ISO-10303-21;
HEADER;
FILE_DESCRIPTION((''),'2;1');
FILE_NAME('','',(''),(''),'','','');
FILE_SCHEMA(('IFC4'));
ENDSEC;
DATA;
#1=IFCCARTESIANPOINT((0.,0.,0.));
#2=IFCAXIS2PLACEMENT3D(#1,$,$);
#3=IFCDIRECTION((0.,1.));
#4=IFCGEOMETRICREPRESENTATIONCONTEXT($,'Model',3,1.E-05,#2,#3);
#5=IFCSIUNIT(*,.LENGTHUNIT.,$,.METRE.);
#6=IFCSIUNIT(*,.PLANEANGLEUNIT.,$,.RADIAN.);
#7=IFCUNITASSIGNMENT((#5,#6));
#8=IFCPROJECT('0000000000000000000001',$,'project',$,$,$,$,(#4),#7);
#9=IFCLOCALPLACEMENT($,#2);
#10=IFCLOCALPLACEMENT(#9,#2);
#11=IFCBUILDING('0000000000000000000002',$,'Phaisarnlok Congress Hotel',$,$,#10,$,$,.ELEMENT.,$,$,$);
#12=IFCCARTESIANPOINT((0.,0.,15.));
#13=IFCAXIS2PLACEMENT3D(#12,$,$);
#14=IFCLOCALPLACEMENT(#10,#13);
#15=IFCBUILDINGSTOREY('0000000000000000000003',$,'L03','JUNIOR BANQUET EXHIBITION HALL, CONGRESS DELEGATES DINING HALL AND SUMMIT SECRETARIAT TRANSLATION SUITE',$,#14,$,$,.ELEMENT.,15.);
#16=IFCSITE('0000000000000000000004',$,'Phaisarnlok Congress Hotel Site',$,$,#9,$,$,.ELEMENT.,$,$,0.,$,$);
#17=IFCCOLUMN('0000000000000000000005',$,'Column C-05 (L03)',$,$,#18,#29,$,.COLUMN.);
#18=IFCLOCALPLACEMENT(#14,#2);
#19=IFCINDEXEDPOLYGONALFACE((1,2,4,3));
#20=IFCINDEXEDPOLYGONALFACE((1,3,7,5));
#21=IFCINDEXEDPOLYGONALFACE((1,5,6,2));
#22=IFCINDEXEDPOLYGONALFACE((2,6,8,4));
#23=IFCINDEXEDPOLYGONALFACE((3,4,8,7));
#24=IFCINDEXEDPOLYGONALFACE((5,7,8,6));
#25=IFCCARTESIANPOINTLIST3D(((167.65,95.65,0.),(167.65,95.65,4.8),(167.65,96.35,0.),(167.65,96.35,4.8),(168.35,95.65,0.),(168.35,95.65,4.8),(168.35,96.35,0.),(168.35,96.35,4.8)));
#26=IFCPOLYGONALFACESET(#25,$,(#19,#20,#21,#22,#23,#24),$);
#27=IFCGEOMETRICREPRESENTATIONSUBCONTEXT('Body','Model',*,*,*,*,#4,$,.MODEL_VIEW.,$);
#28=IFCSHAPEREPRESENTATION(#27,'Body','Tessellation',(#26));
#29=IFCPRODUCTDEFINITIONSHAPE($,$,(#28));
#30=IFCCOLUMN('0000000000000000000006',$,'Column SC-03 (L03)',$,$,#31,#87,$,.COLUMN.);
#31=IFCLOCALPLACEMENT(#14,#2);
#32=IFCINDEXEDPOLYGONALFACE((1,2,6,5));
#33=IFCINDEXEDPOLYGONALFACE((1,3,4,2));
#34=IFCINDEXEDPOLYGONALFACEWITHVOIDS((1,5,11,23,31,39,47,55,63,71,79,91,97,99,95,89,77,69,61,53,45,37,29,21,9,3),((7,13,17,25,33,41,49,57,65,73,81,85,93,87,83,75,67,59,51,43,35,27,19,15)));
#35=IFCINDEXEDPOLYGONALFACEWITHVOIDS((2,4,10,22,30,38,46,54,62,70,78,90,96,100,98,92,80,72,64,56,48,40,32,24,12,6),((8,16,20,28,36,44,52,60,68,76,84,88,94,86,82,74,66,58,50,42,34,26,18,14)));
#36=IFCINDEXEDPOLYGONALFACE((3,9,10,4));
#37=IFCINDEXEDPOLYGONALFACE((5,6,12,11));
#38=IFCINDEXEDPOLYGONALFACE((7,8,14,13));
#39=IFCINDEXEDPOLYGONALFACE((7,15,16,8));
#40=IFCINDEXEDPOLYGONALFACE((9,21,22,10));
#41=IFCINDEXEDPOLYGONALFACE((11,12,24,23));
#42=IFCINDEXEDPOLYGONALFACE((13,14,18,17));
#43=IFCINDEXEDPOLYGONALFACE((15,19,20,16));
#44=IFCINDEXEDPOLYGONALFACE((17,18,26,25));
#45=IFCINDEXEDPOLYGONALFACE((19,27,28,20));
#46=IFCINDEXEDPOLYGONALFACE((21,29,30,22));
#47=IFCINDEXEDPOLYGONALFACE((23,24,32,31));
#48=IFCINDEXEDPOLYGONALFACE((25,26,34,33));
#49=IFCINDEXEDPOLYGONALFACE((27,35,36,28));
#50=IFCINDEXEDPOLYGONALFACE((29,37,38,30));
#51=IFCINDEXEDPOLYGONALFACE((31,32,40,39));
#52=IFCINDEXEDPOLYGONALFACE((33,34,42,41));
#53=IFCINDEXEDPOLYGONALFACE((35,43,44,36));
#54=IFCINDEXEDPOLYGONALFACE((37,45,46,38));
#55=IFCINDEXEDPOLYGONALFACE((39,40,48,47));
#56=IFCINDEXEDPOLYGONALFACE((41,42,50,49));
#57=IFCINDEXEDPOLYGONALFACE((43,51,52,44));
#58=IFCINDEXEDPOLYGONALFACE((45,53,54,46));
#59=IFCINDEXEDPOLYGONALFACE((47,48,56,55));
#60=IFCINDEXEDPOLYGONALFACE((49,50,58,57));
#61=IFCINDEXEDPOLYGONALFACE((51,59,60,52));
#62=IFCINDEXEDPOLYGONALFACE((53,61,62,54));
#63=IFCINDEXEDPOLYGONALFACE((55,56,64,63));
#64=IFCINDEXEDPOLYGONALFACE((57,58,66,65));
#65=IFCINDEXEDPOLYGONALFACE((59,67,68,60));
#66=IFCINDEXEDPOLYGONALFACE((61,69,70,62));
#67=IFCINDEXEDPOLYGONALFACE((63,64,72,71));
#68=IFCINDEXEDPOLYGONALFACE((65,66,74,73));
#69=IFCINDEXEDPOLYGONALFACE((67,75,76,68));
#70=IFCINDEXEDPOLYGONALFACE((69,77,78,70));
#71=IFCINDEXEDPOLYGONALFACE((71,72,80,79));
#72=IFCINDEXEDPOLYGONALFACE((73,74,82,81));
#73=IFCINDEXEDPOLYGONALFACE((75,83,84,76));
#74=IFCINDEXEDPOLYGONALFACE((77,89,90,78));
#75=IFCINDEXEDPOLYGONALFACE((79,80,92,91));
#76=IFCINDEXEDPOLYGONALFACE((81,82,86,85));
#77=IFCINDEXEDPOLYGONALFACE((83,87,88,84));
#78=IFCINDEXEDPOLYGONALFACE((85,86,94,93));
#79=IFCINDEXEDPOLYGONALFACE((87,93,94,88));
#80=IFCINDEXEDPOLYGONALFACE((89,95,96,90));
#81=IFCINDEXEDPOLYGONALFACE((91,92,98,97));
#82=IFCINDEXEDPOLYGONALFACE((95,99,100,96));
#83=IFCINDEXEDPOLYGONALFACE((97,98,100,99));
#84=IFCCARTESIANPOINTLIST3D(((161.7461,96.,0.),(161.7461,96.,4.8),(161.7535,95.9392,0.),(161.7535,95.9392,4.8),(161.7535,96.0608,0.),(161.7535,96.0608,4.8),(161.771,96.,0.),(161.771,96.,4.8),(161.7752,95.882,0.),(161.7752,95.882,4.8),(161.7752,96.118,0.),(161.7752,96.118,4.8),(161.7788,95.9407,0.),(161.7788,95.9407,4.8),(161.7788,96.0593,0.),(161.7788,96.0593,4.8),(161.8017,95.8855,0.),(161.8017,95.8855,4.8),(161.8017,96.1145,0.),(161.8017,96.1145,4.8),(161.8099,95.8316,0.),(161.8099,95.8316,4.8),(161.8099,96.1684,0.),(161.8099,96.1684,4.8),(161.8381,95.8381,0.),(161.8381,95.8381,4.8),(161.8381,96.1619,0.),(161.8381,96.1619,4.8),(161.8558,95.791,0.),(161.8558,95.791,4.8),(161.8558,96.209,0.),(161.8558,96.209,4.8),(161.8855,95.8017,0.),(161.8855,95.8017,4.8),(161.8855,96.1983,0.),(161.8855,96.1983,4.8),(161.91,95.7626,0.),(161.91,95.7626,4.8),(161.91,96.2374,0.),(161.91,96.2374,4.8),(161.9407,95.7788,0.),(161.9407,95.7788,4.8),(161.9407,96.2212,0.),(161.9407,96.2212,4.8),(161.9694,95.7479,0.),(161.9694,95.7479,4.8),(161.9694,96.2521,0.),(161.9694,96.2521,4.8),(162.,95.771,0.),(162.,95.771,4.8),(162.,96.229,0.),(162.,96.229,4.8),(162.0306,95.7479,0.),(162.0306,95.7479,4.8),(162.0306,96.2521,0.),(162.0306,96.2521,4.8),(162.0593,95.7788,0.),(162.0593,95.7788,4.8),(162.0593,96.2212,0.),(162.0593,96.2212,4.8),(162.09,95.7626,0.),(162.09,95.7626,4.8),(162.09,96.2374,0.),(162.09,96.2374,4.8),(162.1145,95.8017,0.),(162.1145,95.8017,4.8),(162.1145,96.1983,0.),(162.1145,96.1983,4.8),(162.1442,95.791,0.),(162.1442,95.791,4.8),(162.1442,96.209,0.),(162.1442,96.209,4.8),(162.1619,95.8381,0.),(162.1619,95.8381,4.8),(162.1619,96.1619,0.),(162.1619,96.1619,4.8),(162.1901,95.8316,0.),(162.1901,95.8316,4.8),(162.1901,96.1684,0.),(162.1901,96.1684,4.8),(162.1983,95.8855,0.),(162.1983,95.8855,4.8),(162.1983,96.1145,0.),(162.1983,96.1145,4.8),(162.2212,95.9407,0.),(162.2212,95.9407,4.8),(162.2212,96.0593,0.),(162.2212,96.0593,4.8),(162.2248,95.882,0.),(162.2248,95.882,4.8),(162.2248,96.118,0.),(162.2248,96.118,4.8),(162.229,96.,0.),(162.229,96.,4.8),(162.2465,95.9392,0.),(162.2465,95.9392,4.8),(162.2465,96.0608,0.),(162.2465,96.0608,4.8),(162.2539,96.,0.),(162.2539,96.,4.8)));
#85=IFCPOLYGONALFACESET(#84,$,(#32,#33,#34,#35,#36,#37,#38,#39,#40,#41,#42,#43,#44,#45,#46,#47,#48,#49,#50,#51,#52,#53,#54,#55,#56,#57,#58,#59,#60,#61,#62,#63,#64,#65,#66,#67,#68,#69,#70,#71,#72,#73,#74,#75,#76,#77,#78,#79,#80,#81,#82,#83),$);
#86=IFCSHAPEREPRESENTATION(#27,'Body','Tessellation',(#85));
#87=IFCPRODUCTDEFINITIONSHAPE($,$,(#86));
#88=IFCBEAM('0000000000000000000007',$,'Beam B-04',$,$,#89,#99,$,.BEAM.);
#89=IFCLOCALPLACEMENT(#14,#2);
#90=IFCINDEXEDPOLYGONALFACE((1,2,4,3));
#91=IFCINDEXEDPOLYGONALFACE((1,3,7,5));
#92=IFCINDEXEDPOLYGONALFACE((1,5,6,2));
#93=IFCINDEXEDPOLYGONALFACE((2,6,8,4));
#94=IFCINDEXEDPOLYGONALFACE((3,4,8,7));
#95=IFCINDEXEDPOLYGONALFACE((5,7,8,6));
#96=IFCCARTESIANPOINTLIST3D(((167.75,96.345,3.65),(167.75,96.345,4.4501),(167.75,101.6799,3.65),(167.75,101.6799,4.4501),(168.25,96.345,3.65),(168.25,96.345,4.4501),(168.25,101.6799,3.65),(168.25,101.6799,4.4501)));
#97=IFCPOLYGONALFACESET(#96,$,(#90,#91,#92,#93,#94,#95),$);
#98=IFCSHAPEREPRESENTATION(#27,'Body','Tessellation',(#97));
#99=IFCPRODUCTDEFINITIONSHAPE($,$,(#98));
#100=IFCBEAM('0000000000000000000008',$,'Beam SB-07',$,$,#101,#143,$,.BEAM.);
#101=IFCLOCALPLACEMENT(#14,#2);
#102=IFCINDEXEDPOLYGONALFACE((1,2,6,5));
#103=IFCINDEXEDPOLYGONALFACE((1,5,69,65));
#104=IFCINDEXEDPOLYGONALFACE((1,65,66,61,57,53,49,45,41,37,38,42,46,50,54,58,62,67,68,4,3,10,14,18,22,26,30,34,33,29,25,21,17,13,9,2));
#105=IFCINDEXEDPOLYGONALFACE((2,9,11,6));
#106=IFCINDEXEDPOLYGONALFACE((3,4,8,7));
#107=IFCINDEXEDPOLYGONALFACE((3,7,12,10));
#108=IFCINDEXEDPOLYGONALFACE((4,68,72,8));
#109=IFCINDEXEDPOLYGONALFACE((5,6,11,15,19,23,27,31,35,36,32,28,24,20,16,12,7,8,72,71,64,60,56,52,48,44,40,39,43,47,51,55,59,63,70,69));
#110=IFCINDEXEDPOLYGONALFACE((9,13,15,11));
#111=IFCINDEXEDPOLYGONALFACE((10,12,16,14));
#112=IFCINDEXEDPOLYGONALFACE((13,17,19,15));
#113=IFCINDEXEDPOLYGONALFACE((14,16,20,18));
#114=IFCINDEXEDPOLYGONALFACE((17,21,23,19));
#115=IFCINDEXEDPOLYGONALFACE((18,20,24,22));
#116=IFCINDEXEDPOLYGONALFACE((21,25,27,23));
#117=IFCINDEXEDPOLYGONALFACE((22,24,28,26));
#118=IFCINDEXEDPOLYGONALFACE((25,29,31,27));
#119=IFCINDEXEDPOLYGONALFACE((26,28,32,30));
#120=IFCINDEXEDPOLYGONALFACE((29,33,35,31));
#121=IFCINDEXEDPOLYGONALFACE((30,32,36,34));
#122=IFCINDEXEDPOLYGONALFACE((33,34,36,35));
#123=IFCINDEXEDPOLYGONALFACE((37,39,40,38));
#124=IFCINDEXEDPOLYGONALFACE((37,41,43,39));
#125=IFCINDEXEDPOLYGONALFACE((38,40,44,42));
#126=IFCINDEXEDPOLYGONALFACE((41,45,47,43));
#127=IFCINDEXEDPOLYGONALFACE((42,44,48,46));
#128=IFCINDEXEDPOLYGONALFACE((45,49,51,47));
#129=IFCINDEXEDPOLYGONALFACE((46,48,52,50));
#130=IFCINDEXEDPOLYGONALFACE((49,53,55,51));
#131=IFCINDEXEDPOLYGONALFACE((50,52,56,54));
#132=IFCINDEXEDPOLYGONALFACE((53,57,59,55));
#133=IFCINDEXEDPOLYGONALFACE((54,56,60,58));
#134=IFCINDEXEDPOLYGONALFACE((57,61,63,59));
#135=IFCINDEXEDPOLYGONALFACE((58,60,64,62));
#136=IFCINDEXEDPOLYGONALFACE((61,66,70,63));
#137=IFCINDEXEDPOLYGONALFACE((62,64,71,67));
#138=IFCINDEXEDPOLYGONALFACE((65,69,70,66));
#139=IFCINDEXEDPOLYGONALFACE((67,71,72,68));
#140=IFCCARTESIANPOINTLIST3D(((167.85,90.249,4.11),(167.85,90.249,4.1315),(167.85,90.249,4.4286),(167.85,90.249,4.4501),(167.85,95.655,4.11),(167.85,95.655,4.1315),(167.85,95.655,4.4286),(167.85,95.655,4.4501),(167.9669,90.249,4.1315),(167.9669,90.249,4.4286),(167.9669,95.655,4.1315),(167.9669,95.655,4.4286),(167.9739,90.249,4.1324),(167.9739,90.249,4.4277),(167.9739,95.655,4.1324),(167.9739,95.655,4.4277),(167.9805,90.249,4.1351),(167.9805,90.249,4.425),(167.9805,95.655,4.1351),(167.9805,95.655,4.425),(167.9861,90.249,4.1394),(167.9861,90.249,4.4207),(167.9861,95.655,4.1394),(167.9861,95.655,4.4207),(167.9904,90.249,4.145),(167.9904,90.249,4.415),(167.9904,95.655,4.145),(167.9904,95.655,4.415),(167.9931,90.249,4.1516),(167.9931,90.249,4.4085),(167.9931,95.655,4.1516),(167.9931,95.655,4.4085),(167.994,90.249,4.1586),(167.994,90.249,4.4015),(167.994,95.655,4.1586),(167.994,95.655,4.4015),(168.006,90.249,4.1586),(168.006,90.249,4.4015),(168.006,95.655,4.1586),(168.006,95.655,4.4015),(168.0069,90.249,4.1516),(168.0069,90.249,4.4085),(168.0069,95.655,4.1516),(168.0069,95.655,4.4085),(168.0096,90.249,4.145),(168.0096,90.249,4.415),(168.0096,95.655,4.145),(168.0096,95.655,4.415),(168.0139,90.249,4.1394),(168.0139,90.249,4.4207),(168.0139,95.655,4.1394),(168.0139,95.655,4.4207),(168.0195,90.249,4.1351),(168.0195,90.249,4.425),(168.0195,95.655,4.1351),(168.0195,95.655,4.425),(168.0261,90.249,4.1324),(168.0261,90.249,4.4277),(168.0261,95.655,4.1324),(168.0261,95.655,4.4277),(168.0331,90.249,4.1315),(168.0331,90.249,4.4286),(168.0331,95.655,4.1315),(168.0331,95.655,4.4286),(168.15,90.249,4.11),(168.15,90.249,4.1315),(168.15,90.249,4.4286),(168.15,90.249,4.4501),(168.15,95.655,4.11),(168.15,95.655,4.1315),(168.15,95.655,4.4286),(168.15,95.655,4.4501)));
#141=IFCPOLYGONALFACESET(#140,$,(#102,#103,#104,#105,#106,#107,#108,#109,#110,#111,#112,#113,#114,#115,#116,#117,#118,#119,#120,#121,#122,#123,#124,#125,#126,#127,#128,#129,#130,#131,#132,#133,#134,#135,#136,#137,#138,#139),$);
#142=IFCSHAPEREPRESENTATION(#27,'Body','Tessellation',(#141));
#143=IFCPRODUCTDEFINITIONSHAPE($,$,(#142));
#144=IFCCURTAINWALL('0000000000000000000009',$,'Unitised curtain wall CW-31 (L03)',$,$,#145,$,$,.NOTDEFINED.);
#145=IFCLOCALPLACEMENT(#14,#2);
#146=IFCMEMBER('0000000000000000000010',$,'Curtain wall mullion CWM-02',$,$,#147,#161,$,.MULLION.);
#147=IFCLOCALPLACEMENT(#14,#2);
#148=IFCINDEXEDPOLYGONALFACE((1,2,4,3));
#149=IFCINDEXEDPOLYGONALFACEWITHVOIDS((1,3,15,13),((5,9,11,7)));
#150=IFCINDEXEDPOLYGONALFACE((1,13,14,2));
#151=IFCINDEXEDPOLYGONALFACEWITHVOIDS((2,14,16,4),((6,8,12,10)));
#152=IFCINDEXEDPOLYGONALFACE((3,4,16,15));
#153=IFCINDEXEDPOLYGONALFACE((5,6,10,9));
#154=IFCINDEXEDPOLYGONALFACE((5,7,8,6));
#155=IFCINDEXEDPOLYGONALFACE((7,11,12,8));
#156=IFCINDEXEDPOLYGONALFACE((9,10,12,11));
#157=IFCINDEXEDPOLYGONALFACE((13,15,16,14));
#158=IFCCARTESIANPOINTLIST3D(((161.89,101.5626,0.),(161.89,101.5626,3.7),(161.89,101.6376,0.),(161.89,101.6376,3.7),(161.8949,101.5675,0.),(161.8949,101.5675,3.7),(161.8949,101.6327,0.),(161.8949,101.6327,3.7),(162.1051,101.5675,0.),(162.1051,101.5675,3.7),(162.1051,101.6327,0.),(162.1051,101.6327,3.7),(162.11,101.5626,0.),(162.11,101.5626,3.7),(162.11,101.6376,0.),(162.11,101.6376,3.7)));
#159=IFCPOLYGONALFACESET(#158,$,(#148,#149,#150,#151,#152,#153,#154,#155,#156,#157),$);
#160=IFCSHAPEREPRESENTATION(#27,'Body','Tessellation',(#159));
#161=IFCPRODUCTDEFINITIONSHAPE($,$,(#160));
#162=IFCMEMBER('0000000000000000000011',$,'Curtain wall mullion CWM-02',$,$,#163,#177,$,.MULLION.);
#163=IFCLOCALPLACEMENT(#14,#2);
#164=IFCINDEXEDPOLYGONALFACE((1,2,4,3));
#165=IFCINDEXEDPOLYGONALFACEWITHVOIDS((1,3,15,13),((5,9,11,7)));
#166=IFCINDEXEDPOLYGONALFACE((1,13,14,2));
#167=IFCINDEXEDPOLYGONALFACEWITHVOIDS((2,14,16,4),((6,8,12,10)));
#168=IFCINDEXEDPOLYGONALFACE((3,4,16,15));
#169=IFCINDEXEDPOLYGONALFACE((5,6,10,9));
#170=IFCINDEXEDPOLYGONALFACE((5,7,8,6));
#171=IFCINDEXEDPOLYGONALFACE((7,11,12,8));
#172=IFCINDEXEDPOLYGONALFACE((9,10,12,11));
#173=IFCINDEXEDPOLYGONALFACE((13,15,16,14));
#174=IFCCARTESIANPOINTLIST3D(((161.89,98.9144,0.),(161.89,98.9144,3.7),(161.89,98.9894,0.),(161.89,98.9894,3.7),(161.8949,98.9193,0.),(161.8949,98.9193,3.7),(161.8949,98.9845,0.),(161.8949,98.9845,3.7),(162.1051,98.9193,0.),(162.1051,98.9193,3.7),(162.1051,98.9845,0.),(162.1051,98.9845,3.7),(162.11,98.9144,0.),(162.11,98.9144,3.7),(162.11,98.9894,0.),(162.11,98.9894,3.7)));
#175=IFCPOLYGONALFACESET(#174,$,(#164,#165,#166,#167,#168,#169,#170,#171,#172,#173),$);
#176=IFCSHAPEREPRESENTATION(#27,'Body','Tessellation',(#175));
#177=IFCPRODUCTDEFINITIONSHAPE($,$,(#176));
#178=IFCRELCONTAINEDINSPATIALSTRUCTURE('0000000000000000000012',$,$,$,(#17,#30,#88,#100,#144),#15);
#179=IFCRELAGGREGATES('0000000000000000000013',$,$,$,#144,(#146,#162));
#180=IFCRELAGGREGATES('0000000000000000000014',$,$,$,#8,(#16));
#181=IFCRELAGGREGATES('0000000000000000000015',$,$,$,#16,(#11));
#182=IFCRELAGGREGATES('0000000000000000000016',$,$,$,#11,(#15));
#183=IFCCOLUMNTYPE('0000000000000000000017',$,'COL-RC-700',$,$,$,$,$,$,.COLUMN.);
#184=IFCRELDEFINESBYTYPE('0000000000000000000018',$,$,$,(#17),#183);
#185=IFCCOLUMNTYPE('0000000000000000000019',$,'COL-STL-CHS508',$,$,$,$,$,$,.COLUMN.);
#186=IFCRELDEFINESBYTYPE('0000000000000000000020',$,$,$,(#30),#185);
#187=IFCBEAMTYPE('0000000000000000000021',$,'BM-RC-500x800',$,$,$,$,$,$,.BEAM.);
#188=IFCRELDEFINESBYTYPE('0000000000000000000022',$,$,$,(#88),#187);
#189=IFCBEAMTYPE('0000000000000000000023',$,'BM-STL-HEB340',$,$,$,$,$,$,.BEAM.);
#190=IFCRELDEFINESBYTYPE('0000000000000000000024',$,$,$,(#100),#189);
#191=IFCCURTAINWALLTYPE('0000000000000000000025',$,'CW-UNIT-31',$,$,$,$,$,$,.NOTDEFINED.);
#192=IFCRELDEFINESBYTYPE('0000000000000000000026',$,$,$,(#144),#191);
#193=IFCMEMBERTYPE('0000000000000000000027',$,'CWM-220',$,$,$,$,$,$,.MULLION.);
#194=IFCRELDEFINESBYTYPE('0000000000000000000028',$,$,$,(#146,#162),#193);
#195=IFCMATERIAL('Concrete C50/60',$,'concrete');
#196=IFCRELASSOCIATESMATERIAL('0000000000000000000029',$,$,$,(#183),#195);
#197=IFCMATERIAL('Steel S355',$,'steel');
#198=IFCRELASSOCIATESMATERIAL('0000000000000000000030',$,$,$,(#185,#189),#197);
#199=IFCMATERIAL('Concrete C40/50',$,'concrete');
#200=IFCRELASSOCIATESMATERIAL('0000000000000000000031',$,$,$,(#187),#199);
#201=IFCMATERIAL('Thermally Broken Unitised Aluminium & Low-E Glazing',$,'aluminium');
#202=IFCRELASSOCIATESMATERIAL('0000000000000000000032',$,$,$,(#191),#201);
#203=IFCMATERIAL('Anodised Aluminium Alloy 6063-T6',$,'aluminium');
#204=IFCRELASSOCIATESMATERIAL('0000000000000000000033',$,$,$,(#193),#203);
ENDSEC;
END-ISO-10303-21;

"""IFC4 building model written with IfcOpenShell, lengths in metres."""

from ifc_helpers import new_model, si_unit, direction, frame, origin, origin_2d, place, context, subcontext, project, spatial, rectangle, hollow_rectangle, hollow_circle, i_section, extrude, material, material_profile, profile_set, type_object, element, aggregate, save


model = new_model("IFC4")

# Units and contexts
model_context = context("Model", 3, precision=1e-05, world=origin(), true_north=direction((0.0, 1.0)))
body_context = subcontext(model_context, "Body", "Model", "MODEL_VIEW")
ifc_project = project(units=[si_unit("LENGTHUNIT", "METRE"), si_unit("PLANEANGLEUNIT", "RADIAN")], contexts=[model_context])

# Site, building, storey
site_placement = place(None, origin())
site = spatial("IfcSite", under=ifc_project, at=site_placement, Name="Phaisarnlok Congress Hotel Site", CompositionType="ELEMENT", RefElevation=0.0)
building_placement = place(site_placement, origin())
building = spatial("IfcBuilding", under=site, at=building_placement, Name="Phaisarnlok Congress Hotel", CompositionType="ELEMENT")
storey_placement = place(building_placement, frame((0.0, 0.0, 15.0)))
storey = spatial("IfcBuildingStorey", under=building, at=storey_placement, Name="L03", Description="JUNIOR BANQUET EXHIBITION HALL, CONGRESS DELEGATES DINING HALL AND SUMMIT SECRETARIAT TRANSLATION SUITE", CompositionType="ELEMENT", Elevation=15.0)

# Columns
ifc_material_1 = material(Name="Concrete C50/60", Category="concrete")
ifc_material_profile_1 = material_profile(ifc_material_1, rectangle(XDim=0.7, YDim=0.7, at=origin_2d()), Name="RC 700x700")
ifc_profile_set_1 = profile_set([ifc_material_profile_1], Name="Concrete C50/60")
column_type_1 = type_object("IfcColumnType", Name="COL-RC-700", PredefinedType="COLUMN", material=ifc_profile_set_1)
column_1_placement = place(storey_placement, frame((168.0, 96.0, 0.0), z_axis=(0.0, 0.0, 1.0), x_axis=(1.0, 0.0, 0.0)))
element("IfcColumn", 1, at=column_1_placement, inside=storey, type_object=column_type_1, Name="Column C-05 (L03)", PredefinedType="COLUMN", context=body_context, shape_type="SweptSolid", body=[
    extrude(rectangle(XDim=0.7, YDim=0.7, at=origin_2d()), origin(), (0.0, 0.0, 1.0), 4.8),
])
ifc_material_2 = material(Name="Steel S355", Category="steel")
ifc_material_profile_2 = material_profile(ifc_material_2, hollow_circle(Radius=0.2539, WallThickness=0.0249, at=origin_2d()), Name="CHS 508x25")
ifc_profile_set_2 = profile_set([ifc_material_profile_2], Name="Steel S355")
column_type_2 = type_object("IfcColumnType", Name="COL-STL-CHS508", PredefinedType="COLUMN", material=ifc_profile_set_2)
column_2_placement = place(storey_placement, frame((162.0, 96.0, 0.0), z_axis=(0.0, 0.0, 1.0), x_axis=(1.0, 0.0, 0.0)))
element("IfcColumn", 2, at=column_2_placement, inside=storey, type_object=column_type_2, Name="Column SC-03 (L03)", PredefinedType="COLUMN", context=body_context, shape_type="SweptSolid", body=[
    extrude(hollow_circle(Radius=0.2539, WallThickness=0.0249, at=origin_2d()), origin(), (0.0, 0.0, 1.0), 4.8),
])

# Beams
ifc_material_3 = material(Name="Concrete C40/50", Category="concrete")
ifc_material_profile_3 = material_profile(ifc_material_3, rectangle(XDim=0.5, YDim=0.8, at=origin_2d()), Name="RC 500x800")
ifc_profile_set_3 = profile_set([ifc_material_profile_3], Name="Concrete C40/50")
beam_type_1 = type_object("IfcBeamType", Name="BM-RC-500x800", PredefinedType="BEAM", material=ifc_profile_set_3)
beam_1_placement = place(storey_placement, frame((168.0, 96.345, 4.05), z_axis=(0.0, 1.0, 0.0), x_axis=(-1.0, 0.0, 0.0)))
element("IfcBeam", 3, at=beam_1_placement, inside=storey, type_object=beam_type_1, Name="Beam B-04", PredefinedType="BEAM", context=body_context, shape_type="SweptSolid", body=[
    extrude(rectangle(XDim=0.5, YDim=0.8, at=origin_2d()), origin(), (0.0, 0.0, 1.0), 5.335),
])
ifc_material_profile_4 = material_profile(ifc_material_2, i_section(OverallWidth=0.3, OverallDepth=0.3401, WebThickness=0.012, FlangeThickness=0.0215, FilletRadius=0.0271, at=origin_2d()), Name="HEB 340")
ifc_profile_set_4 = profile_set([ifc_material_profile_4], Name="Steel S355")
beam_type_2 = type_object("IfcBeamType", Name="BM-STL-HEB340", PredefinedType="BEAM", material=ifc_profile_set_4)
beam_2_placement = place(storey_placement, frame((168.0, 90.249, 4.28), z_axis=(0.0, 1.0, 0.0), x_axis=(-1.0, 0.0, 0.0)))
element("IfcBeam", 4, at=beam_2_placement, inside=storey, type_object=beam_type_2, Name="Beam SB-07", PredefinedType="BEAM", context=body_context, shape_type="SweptSolid", body=[
    extrude(i_section(OverallWidth=0.3, OverallDepth=0.3401, WebThickness=0.012, FlangeThickness=0.0215, FilletRadius=0.0271, at=origin_2d()), origin(), (0.0, 0.0, 1.0), 5.406),
])

# Curtain wall, members
ifc_material_4 = material(Name="Thermally Broken Unitised Aluminium & Low-E Glazing", Category="aluminium")
curtain_wall_type = type_object("IfcCurtainWallType", Name="CW-UNIT-31", PredefinedType="NOTDEFINED", material=ifc_material_4)
curtain_wall_placement = place(storey_placement, origin())
curtain_wall = element("IfcCurtainWall", 5, at=curtain_wall_placement, inside=storey, type_object=curtain_wall_type, Name="Unitised curtain wall CW-31 (L03)", PredefinedType="NOTDEFINED")
ifc_material_5 = material(Name="Anodised Aluminium Alloy 6063-T6", Category="aluminium")
ifc_material_profile_5 = material_profile(ifc_material_5, hollow_rectangle(XDim=0.075, YDim=0.22, WallThickness=0.0049, at=origin_2d()), Name="ALU-M 75x220x5")
ifc_profile_set_5 = profile_set([ifc_material_profile_5], Name="Anodised Aluminium Alloy 6063-T6")
member_type_1 = type_object("IfcMemberType", Name="CWM-220", PredefinedType="MULLION", material=ifc_profile_set_5)
member_1_placement = place(storey_placement, frame((162.0, 101.6001, 0.0), z_axis=(0.0, 0.0, 1.0), x_axis=(0.0, -1.0, 0.0)))
member_1 = element("IfcMember", 6, at=member_1_placement, type_object=member_type_1, Name="Curtain wall mullion CWM-02", PredefinedType="MULLION", context=body_context, shape_type="SweptSolid", body=[
    extrude(hollow_rectangle(XDim=0.075, YDim=0.22, WallThickness=0.0049, at=origin_2d()), origin(), (0.0, 0.0, 1.0), 3.7),
])
member_2_placement = place(storey_placement, frame((162.0, 98.9519, 0.0), z_axis=(0.0, 0.0, 1.0), x_axis=(0.0, -1.0, 0.0)))
member_2 = element("IfcMember", 7, at=member_2_placement, type_object=member_type_1, Name="Curtain wall mullion CWM-02", PredefinedType="MULLION", context=body_context, shape_type="SweptSolid", body=[
    extrude(hollow_rectangle(XDim=0.075, YDim=0.22, WallThickness=0.0049, at=origin_2d()), origin(), (0.0, 0.0, 1.0), 3.7),
])

aggregate(curtain_wall, [member_1, member_2])

save(model, "model.ifc")
